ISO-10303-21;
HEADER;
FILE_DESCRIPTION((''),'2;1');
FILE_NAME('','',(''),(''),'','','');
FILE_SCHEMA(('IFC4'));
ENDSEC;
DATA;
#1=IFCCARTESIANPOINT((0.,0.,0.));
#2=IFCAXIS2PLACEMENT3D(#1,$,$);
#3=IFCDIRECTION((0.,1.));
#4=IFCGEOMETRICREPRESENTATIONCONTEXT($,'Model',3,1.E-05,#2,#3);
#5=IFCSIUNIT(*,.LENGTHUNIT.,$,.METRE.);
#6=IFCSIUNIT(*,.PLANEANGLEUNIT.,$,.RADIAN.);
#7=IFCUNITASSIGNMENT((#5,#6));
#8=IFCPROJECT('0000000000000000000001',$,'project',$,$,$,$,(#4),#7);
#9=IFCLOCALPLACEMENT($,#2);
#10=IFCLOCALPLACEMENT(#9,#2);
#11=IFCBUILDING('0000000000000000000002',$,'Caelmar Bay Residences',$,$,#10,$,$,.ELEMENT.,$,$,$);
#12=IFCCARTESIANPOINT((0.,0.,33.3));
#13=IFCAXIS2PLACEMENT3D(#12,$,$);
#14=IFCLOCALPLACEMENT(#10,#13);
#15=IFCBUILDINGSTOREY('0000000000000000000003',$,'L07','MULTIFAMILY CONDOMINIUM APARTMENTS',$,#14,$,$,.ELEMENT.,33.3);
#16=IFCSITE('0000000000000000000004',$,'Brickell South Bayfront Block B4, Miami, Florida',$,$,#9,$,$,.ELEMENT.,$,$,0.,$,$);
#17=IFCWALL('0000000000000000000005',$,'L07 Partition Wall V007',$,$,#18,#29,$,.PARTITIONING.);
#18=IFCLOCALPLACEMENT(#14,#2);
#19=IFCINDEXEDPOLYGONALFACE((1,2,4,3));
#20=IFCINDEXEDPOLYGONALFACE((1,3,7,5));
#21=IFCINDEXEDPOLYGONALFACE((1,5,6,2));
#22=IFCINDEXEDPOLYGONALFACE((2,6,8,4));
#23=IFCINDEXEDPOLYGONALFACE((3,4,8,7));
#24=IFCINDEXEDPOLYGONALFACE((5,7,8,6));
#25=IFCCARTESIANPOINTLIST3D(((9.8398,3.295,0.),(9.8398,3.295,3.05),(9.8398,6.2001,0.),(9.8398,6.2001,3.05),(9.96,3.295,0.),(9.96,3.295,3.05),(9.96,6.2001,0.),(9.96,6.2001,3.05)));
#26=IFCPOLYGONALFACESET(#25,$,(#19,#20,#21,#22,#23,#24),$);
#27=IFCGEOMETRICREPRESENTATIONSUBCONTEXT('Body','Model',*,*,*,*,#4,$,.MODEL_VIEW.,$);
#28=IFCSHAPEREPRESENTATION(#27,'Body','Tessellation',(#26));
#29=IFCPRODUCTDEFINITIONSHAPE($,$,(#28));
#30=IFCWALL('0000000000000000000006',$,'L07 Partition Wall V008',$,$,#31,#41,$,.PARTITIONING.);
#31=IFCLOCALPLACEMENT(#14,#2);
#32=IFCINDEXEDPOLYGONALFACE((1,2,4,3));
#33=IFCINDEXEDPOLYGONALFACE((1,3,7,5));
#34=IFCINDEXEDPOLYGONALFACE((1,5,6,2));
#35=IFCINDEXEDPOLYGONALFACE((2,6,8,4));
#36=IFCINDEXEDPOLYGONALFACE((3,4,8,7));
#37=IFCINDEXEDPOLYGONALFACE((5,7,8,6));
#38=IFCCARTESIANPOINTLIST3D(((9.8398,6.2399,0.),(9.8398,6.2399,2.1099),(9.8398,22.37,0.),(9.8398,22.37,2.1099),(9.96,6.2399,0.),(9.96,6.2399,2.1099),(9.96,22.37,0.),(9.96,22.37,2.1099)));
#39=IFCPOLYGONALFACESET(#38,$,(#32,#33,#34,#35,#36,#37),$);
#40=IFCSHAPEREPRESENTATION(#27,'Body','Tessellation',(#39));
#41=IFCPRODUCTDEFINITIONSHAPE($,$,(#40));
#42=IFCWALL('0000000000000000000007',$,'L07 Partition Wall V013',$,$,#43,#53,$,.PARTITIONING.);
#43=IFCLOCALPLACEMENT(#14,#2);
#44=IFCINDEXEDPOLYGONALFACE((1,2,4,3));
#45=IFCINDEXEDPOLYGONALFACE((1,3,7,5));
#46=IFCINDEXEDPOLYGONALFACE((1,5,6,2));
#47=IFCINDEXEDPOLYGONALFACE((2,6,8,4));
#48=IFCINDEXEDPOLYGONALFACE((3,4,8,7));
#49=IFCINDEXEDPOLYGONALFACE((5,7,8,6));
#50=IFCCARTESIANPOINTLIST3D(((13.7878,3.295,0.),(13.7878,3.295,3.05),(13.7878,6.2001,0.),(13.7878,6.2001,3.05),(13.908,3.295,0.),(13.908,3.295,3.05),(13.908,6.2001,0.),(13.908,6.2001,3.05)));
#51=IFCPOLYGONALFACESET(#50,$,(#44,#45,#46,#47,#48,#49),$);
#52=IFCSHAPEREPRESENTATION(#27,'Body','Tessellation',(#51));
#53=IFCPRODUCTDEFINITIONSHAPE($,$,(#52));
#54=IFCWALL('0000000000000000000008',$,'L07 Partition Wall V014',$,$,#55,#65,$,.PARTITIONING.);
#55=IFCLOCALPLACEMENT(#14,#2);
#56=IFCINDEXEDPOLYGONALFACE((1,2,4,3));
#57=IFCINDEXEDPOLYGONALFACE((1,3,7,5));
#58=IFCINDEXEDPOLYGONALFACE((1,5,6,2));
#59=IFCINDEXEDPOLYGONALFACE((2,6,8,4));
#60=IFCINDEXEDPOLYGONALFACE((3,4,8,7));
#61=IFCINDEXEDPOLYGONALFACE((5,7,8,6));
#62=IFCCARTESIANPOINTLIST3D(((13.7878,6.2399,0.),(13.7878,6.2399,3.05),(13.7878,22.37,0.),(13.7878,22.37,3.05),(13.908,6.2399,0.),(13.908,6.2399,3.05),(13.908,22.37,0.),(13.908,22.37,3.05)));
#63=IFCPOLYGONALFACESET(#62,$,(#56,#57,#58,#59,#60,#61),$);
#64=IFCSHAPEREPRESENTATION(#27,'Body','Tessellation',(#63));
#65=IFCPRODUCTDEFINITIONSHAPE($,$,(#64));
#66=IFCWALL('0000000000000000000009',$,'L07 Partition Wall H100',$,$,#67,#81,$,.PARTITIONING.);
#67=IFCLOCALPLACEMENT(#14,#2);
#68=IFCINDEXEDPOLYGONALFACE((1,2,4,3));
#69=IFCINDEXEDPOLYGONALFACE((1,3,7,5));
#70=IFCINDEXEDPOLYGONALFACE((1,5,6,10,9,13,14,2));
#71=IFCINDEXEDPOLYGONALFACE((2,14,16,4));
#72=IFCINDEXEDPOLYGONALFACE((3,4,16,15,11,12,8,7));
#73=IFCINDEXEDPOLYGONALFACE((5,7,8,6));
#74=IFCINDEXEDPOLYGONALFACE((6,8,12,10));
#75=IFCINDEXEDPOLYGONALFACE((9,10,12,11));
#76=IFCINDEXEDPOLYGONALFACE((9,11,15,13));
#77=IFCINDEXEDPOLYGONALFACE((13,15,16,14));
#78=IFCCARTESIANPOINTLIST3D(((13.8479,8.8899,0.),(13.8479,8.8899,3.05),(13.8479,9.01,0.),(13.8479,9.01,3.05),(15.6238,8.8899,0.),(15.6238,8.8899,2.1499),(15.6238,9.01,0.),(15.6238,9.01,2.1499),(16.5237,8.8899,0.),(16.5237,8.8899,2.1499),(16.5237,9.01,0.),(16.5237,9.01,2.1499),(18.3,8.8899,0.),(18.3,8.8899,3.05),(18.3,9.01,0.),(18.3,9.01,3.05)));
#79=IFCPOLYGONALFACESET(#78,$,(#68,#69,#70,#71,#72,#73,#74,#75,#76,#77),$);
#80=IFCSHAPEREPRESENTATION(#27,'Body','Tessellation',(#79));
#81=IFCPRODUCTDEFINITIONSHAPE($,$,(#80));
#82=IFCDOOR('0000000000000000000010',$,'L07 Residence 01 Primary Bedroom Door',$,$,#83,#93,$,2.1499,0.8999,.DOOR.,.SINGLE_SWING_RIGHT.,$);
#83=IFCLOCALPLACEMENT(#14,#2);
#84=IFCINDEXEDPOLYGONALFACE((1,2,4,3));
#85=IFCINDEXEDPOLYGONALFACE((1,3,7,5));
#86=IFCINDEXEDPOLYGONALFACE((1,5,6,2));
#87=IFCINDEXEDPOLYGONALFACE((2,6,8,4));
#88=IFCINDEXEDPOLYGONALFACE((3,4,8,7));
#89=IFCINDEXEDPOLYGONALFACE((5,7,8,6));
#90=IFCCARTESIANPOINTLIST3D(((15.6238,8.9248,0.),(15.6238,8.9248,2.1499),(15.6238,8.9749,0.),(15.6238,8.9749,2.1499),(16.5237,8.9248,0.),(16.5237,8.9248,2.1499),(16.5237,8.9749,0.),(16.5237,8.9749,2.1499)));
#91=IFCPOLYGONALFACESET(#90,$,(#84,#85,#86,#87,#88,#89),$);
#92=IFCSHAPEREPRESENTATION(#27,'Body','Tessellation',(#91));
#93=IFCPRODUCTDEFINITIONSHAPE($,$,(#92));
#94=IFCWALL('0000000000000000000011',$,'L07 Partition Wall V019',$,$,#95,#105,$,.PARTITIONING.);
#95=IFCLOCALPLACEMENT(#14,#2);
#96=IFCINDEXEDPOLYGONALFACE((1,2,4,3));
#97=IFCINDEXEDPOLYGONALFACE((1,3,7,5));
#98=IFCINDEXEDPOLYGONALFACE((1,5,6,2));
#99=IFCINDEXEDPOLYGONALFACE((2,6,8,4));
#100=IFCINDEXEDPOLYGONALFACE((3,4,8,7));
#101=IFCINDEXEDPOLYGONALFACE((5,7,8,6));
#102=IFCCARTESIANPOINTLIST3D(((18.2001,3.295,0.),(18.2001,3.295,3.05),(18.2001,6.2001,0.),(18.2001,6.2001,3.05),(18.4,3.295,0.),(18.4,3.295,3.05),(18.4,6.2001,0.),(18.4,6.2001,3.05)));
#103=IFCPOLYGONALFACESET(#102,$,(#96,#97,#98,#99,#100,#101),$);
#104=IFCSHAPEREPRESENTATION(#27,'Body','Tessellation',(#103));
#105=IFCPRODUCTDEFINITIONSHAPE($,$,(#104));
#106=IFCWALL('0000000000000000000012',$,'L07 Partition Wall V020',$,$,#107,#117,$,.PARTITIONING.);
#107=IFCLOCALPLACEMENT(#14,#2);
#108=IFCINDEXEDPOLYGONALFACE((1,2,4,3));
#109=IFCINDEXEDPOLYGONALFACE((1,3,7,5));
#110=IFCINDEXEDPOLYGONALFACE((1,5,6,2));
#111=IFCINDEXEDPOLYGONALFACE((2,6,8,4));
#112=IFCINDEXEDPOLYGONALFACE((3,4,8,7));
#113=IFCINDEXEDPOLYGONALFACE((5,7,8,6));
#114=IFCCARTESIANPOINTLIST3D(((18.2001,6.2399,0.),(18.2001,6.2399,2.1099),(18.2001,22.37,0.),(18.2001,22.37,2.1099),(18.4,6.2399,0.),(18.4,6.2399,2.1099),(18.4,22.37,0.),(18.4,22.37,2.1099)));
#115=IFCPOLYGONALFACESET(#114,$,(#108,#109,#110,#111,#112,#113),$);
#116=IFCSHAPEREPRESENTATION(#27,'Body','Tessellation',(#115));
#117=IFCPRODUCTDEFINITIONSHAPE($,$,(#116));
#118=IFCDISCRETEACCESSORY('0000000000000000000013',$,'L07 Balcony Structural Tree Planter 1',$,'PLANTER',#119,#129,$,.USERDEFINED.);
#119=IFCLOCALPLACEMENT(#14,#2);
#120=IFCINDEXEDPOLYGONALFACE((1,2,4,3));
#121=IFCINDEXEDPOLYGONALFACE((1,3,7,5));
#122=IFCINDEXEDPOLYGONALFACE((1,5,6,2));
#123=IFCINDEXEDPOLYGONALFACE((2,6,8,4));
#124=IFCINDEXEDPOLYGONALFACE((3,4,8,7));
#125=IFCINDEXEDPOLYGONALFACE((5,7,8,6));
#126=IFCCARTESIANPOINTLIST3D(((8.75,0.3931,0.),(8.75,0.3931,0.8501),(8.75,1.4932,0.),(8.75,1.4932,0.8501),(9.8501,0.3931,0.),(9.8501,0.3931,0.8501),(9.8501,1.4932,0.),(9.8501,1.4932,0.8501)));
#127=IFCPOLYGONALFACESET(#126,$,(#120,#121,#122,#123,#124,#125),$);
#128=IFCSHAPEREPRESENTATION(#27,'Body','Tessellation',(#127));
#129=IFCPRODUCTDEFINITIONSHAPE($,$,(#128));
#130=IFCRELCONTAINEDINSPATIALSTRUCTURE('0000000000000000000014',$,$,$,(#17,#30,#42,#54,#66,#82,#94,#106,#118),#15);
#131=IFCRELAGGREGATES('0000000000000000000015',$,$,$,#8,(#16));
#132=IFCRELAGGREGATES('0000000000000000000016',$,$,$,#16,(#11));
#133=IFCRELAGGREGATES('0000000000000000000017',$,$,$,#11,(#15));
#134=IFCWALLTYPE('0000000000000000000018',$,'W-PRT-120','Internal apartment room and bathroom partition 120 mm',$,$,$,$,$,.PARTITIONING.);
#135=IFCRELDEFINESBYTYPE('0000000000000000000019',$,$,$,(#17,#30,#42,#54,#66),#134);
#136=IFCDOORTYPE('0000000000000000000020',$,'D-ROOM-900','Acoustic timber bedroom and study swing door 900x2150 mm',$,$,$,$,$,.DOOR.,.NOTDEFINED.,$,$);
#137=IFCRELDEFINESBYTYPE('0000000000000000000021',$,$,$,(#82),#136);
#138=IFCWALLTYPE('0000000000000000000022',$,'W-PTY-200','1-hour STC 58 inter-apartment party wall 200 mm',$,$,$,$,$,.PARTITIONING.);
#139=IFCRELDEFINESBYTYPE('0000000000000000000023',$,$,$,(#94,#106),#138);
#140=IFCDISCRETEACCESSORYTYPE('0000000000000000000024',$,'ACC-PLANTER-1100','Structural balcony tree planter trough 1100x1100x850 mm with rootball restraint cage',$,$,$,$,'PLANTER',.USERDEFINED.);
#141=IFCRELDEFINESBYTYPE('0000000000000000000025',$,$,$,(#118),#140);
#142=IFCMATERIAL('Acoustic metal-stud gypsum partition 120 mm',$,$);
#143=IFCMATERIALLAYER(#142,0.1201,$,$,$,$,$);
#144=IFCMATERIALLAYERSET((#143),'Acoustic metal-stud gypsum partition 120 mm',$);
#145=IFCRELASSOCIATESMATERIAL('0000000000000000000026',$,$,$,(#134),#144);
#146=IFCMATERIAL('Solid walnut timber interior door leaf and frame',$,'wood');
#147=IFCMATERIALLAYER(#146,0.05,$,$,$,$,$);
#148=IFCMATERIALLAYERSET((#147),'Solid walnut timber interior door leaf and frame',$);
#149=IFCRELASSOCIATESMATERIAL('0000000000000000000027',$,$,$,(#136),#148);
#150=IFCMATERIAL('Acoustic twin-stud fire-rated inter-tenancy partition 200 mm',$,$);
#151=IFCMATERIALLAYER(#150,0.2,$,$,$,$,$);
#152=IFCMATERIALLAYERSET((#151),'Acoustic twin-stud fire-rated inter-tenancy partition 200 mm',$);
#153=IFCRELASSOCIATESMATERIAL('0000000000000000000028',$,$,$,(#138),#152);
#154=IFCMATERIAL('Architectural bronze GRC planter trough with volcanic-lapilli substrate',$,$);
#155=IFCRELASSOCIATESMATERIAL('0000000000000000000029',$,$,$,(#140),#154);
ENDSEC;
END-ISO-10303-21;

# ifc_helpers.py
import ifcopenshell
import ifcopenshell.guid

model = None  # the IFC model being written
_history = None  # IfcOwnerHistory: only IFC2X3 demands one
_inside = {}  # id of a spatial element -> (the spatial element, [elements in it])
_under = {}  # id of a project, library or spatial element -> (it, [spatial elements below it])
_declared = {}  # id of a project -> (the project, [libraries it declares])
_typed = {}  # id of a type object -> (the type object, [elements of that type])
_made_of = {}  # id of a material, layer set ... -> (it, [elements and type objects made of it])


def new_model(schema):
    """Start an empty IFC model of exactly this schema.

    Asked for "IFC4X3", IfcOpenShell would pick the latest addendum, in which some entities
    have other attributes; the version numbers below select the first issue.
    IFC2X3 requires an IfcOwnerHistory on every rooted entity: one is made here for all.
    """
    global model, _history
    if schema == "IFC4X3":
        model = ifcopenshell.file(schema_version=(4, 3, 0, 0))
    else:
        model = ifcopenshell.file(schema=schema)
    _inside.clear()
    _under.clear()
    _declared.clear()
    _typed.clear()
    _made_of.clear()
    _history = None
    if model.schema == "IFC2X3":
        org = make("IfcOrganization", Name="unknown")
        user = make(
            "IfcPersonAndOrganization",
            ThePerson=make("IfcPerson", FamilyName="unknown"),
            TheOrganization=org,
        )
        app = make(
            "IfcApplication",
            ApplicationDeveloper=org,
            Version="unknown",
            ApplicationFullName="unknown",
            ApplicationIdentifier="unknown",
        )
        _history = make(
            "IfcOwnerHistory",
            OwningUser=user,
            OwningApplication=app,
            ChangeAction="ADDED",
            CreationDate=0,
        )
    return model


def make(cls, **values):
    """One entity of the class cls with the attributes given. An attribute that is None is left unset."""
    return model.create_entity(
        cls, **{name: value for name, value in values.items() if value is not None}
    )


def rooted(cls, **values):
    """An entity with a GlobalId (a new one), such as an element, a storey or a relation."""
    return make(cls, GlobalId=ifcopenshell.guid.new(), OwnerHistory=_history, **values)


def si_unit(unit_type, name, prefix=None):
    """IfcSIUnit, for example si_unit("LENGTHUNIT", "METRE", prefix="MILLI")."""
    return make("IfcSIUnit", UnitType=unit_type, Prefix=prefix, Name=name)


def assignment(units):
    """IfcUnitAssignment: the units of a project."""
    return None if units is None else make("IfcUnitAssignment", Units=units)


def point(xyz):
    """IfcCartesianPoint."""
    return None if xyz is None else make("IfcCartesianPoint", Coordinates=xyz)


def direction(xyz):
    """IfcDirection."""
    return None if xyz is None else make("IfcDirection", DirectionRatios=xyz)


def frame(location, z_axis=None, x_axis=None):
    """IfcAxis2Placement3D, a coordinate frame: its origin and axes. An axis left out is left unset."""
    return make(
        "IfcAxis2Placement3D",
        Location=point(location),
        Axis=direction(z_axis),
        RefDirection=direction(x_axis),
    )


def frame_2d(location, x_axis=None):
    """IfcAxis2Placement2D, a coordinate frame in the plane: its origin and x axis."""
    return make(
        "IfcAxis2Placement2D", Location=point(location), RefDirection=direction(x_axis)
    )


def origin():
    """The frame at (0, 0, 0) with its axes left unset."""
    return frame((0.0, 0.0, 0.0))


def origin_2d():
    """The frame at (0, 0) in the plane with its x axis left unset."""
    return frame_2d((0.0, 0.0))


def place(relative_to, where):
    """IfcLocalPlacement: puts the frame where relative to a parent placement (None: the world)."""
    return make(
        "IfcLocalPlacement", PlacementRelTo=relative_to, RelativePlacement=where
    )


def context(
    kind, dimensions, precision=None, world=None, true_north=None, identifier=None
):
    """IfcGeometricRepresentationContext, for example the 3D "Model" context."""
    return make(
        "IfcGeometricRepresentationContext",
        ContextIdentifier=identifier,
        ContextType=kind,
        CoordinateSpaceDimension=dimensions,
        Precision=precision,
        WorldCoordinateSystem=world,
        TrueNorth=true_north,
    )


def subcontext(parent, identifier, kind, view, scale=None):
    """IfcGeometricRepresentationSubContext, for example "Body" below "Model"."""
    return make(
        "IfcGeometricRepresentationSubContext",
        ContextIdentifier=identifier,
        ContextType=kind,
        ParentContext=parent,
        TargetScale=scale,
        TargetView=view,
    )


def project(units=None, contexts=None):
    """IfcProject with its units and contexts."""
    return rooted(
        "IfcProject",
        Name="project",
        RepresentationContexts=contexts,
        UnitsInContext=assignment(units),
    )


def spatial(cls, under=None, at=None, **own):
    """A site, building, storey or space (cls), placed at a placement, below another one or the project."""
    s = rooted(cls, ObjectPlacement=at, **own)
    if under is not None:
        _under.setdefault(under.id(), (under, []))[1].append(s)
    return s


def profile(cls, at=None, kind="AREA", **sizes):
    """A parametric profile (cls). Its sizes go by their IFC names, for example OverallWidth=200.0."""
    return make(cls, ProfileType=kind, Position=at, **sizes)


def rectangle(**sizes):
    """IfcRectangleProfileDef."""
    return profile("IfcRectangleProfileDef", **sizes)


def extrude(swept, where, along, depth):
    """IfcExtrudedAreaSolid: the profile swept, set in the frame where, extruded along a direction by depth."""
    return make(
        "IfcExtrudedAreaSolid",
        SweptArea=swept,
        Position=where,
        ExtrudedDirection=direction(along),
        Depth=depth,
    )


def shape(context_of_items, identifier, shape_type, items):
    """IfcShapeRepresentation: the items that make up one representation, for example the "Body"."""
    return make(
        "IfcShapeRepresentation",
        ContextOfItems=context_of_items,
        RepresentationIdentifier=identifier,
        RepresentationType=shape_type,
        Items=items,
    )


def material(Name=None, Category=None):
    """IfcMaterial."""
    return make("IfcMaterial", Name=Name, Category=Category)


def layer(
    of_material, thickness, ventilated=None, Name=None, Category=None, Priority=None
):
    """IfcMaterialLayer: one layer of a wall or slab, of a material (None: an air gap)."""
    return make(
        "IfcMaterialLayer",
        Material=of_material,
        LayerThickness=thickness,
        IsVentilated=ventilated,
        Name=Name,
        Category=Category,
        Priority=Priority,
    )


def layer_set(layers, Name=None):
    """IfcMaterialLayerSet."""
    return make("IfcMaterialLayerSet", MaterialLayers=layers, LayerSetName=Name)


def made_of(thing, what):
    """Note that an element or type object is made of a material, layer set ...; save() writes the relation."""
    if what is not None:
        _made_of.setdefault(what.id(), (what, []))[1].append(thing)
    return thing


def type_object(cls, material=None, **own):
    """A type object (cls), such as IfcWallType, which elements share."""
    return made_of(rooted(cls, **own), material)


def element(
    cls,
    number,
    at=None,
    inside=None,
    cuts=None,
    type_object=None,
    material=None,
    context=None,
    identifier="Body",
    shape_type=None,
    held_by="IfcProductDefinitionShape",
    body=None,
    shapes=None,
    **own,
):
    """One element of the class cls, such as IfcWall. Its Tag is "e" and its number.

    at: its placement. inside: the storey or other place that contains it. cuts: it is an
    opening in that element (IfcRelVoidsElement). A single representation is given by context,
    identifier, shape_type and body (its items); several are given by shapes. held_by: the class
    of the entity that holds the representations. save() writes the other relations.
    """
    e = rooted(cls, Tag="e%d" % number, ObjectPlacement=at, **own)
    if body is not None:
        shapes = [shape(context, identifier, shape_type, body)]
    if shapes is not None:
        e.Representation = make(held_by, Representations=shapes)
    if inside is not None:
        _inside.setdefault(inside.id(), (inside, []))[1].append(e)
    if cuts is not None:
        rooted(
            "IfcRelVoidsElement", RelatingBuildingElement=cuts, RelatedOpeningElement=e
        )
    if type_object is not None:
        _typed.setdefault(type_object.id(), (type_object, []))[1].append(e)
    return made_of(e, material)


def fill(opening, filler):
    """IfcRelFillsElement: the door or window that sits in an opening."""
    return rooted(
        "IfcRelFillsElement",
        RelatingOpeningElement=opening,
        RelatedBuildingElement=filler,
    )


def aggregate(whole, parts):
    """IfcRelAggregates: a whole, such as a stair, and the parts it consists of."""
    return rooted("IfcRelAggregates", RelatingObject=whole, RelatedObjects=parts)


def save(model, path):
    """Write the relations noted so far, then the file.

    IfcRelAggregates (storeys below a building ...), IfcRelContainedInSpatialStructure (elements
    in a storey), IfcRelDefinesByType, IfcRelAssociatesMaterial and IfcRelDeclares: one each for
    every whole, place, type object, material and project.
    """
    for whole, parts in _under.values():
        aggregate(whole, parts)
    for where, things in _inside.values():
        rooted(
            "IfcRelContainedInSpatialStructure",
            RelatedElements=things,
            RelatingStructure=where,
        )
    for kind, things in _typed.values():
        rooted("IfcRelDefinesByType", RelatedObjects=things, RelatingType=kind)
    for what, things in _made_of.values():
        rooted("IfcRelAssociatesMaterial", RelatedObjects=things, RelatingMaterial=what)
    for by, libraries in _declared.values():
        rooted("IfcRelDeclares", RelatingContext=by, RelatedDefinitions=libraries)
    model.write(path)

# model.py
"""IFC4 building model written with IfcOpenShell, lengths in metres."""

from ifc_helpers import new_model, si_unit, direction, frame, frame_2d, origin, origin_2d, place, context, subcontext, project, spatial, rectangle, extrude, material, layer, layer_set, type_object, element, fill, save


model = new_model("IFC4")

# Units and contexts
model_context = context("Model", 3, precision=1e-05, world=origin(), true_north=direction((0.0, 1.0)))
body_context = subcontext(model_context, "Body", "Model", "MODEL_VIEW")
ifc_project = project(units=[si_unit("LENGTHUNIT", "METRE"), si_unit("PLANEANGLEUNIT", "RADIAN")], contexts=[model_context])

# Site, building, storey
site_placement = place(None, origin())
site = spatial("IfcSite", under=ifc_project, at=site_placement, Name="Brickell South Bayfront Block B4, Miami, Florida", CompositionType="ELEMENT", RefElevation=0.0)
building_placement = place(site_placement, origin())
building = spatial("IfcBuilding", under=site, at=building_placement, Name="Caelmar Bay Residences", CompositionType="ELEMENT")
storey_placement = place(building_placement, frame((0.0, 0.0, 33.3)))
storey = spatial("IfcBuildingStorey", under=building, at=storey_placement, Name="L07", Description="MULTIFAMILY CONDOMINIUM APARTMENTS", CompositionType="ELEMENT", Elevation=33.3)

# Shared definitions
ifc_material_1 = material(Name="Acoustic metal-stud gypsum partition 120 mm")
ifc_layer_1 = layer(ifc_material_1, 0.1201)
ifc_layer_set_1 = layer_set([ifc_layer_1], Name="Acoustic metal-stud gypsum partition 120 mm")
wall_type_1 = type_object("IfcWallType", Name="W-PRT-120", Description="Internal apartment room and bathroom partition 120 mm", PredefinedType="PARTITIONING", material=ifc_layer_set_1)
ifc_material_2 = material(Name="Solid walnut timber interior door leaf and frame", Category="wood")
ifc_layer_2 = layer(ifc_material_2, 0.05)
ifc_layer_set_2 = layer_set([ifc_layer_2], Name="Solid walnut timber interior door leaf and frame")
door_type = type_object("IfcDoorType", Name="D-ROOM-900", Description="Acoustic timber bedroom and study swing door 900x2150 mm", OperationType="NOTDEFINED", PredefinedType="DOOR", material=ifc_layer_set_2)

# Walls
wall_1_placement = place(storey_placement, frame((9.8999, 3.2949, 0.0), z_axis=(0.0, 0.0, 1.0), x_axis=(0.0, 1.0, 0.0)))
element("IfcWall", 1, at=wall_1_placement, inside=storey, type_object=wall_type_1, Name="L07 Partition Wall V007", PredefinedType="PARTITIONING", context=body_context, shape_type="SweptSolid", body=[
    extrude(rectangle(XDim=2.905, YDim=0.1201, at=frame_2d((1.4526, 0.0))), origin(), (0.0, 0.0, 1.0), 3.05),
])
wall_2_placement = place(storey_placement, frame((9.8999, 6.24, 0.0), z_axis=(0.0, 0.0, 1.0), x_axis=(0.0, 1.0, 0.0)))
element("IfcWall", 2, at=wall_2_placement, inside=storey, type_object=wall_type_1, Name="L07 Partition Wall V008", PredefinedType="PARTITIONING", context=body_context, shape_type="SweptSolid", body=[
    extrude(rectangle(XDim=16.1301, YDim=0.1201, at=frame_2d((8.0649, 0.0))), origin(), (0.0, 0.0, 1.0), 2.1099),
])
wall_3_placement = place(storey_placement, frame((13.8479, 3.2949, 0.0), z_axis=(0.0, 0.0, 1.0), x_axis=(0.0, 1.0, 0.0)))
element("IfcWall", 3, at=wall_3_placement, inside=storey, type_object=wall_type_1, Name="L07 Partition Wall V013", PredefinedType="PARTITIONING", context=body_context, shape_type="SweptSolid", body=[
    extrude(rectangle(XDim=2.905, YDim=0.1201, at=frame_2d((1.4526, 0.0))), origin(), (0.0, 0.0, 1.0), 3.05),
])
wall_4_placement = place(storey_placement, frame((13.8479, 6.24, 0.0), z_axis=(0.0, 0.0, 1.0), x_axis=(0.0, 1.0, 0.0)))
element("IfcWall", 4, at=wall_4_placement, inside=storey, type_object=wall_type_1, Name="L07 Partition Wall V014", PredefinedType="PARTITIONING", context=body_context, shape_type="SweptSolid", body=[
    extrude(rectangle(XDim=16.1301, YDim=0.1201, at=frame_2d((8.0649, 0.0))), origin(), (0.0, 0.0, 1.0), 3.05),
])

# Wall, opening, door
wall_5_placement = place(storey_placement, frame((13.8479, 8.95, 0.0), z_axis=(0.0, 0.0, 1.0), x_axis=(1.0, 0.0, 0.0)))
wall_5 = element("IfcWall", 5, at=wall_5_placement, inside=storey, type_object=wall_type_1, Name="L07 Partition Wall H100", PredefinedType="PARTITIONING", context=body_context, shape_type="SweptSolid", body=[
    extrude(rectangle(XDim=4.4521, YDim=0.1201, at=frame_2d((2.2261, 0.0))), origin(), (0.0, 0.0, 1.0), 3.05),
])
opening_1_placement = place(wall_5_placement, frame((1.7759, 0.0, 0.0)))
opening_1 = element("IfcOpeningElement", 6, at=opening_1_placement, cuts=wall_5, PredefinedType="OPENING", context=body_context, shape_type="SweptSolid", body=[
    extrude(rectangle(XDim=0.8999, YDim=2.1499, at=frame_2d((0.45, 1.075))), frame((0.0, 0.0701, 0.0), z_axis=(0.0, -1.0, 0.0), x_axis=(1.0, 0.0, 0.0)), (0.0, 0.0, 1.0), 0.1401),
])
door_1_placement = place(opening_1_placement, origin())
door_1 = element("IfcDoor", 7, at=door_1_placement, inside=storey, type_object=door_type, Name="L07 Residence 01 Primary Bedroom Door", OperationType="SINGLE_SWING_RIGHT", OverallHeight=2.1499, OverallWidth=0.8999, PredefinedType="DOOR", context=body_context, shape_type="SweptSolid", body=[
    extrude(rectangle(XDim=0.8999, YDim=2.1499, at=frame_2d((0.45, 1.075))), frame((0.0, 0.0249, 0.0), z_axis=(0.0, -1.0, 0.0), x_axis=(1.0, 0.0, 0.0)), (0.0, 0.0, 1.0), 0.05),
])
fill(opening_1, door_1)

# Walls
ifc_material_3 = material(Name="Acoustic twin-stud fire-rated inter-tenancy partition 200 mm")
ifc_layer_3 = layer(ifc_material_3, 0.2)
ifc_layer_set_3 = layer_set([ifc_layer_3], Name="Acoustic twin-stud fire-rated inter-tenancy partition 200 mm")
wall_type_2 = type_object("IfcWallType", Name="W-PTY-200", Description="1-hour STC 58 inter-apartment party wall 200 mm", PredefinedType="PARTITIONING", material=ifc_layer_set_3)
wall_6_placement = place(storey_placement, frame((18.3, 3.2949, 0.0), z_axis=(0.0, 0.0, 1.0), x_axis=(0.0, 1.0, 0.0)))
element("IfcWall", 8, at=wall_6_placement, inside=storey, type_object=wall_type_2, Name="L07 Partition Wall V019", PredefinedType="PARTITIONING", context=body_context, shape_type="SweptSolid", body=[
    extrude(rectangle(XDim=2.905, YDim=0.2, at=frame_2d((1.4526, 0.0))), origin(), (0.0, 0.0, 1.0), 3.05),
])
wall_7_placement = place(storey_placement, frame((18.3, 6.24, 0.0), z_axis=(0.0, 0.0, 1.0), x_axis=(0.0, 1.0, 0.0)))
element("IfcWall", 9, at=wall_7_placement, inside=storey, type_object=wall_type_2, Name="L07 Partition Wall V020", PredefinedType="PARTITIONING", context=body_context, shape_type="SweptSolid", body=[
    extrude(rectangle(XDim=16.1301, YDim=0.2, at=frame_2d((8.0649, 0.0))), origin(), (0.0, 0.0, 1.0), 2.1099),
])

# Discrete accessory
ifc_material_4 = material(Name="Architectural bronze GRC planter trough with volcanic-lapilli substrate")
discrete_accessory_type = type_object("IfcDiscreteAccessoryType", Name="ACC-PLANTER-1100", Description="Structural balcony tree planter trough 1100x1100x850 mm with rootball restraint cage", ElementType="PLANTER", PredefinedType="USERDEFINED", material=ifc_material_4)
discrete_accessory_placement = place(storey_placement, frame((9.3, 0.9431, 0.0), z_axis=(0.0, 0.0, 1.0), x_axis=(1.0, 0.0, 0.0)))
element("IfcDiscreteAccessory", 10, at=discrete_accessory_placement, inside=storey, type_object=discrete_accessory_type, Name="L07 Balcony Structural Tree Planter 1", ObjectType="PLANTER", PredefinedType="USERDEFINED", context=body_context, shape_type="SweptSolid", body=[
    extrude(rectangle(XDim=1.1001, YDim=1.1001, at=origin_2d()), origin(), (0.0, 0.0, 1.0), 0.8501),
])

save(model, "model.ifc")
